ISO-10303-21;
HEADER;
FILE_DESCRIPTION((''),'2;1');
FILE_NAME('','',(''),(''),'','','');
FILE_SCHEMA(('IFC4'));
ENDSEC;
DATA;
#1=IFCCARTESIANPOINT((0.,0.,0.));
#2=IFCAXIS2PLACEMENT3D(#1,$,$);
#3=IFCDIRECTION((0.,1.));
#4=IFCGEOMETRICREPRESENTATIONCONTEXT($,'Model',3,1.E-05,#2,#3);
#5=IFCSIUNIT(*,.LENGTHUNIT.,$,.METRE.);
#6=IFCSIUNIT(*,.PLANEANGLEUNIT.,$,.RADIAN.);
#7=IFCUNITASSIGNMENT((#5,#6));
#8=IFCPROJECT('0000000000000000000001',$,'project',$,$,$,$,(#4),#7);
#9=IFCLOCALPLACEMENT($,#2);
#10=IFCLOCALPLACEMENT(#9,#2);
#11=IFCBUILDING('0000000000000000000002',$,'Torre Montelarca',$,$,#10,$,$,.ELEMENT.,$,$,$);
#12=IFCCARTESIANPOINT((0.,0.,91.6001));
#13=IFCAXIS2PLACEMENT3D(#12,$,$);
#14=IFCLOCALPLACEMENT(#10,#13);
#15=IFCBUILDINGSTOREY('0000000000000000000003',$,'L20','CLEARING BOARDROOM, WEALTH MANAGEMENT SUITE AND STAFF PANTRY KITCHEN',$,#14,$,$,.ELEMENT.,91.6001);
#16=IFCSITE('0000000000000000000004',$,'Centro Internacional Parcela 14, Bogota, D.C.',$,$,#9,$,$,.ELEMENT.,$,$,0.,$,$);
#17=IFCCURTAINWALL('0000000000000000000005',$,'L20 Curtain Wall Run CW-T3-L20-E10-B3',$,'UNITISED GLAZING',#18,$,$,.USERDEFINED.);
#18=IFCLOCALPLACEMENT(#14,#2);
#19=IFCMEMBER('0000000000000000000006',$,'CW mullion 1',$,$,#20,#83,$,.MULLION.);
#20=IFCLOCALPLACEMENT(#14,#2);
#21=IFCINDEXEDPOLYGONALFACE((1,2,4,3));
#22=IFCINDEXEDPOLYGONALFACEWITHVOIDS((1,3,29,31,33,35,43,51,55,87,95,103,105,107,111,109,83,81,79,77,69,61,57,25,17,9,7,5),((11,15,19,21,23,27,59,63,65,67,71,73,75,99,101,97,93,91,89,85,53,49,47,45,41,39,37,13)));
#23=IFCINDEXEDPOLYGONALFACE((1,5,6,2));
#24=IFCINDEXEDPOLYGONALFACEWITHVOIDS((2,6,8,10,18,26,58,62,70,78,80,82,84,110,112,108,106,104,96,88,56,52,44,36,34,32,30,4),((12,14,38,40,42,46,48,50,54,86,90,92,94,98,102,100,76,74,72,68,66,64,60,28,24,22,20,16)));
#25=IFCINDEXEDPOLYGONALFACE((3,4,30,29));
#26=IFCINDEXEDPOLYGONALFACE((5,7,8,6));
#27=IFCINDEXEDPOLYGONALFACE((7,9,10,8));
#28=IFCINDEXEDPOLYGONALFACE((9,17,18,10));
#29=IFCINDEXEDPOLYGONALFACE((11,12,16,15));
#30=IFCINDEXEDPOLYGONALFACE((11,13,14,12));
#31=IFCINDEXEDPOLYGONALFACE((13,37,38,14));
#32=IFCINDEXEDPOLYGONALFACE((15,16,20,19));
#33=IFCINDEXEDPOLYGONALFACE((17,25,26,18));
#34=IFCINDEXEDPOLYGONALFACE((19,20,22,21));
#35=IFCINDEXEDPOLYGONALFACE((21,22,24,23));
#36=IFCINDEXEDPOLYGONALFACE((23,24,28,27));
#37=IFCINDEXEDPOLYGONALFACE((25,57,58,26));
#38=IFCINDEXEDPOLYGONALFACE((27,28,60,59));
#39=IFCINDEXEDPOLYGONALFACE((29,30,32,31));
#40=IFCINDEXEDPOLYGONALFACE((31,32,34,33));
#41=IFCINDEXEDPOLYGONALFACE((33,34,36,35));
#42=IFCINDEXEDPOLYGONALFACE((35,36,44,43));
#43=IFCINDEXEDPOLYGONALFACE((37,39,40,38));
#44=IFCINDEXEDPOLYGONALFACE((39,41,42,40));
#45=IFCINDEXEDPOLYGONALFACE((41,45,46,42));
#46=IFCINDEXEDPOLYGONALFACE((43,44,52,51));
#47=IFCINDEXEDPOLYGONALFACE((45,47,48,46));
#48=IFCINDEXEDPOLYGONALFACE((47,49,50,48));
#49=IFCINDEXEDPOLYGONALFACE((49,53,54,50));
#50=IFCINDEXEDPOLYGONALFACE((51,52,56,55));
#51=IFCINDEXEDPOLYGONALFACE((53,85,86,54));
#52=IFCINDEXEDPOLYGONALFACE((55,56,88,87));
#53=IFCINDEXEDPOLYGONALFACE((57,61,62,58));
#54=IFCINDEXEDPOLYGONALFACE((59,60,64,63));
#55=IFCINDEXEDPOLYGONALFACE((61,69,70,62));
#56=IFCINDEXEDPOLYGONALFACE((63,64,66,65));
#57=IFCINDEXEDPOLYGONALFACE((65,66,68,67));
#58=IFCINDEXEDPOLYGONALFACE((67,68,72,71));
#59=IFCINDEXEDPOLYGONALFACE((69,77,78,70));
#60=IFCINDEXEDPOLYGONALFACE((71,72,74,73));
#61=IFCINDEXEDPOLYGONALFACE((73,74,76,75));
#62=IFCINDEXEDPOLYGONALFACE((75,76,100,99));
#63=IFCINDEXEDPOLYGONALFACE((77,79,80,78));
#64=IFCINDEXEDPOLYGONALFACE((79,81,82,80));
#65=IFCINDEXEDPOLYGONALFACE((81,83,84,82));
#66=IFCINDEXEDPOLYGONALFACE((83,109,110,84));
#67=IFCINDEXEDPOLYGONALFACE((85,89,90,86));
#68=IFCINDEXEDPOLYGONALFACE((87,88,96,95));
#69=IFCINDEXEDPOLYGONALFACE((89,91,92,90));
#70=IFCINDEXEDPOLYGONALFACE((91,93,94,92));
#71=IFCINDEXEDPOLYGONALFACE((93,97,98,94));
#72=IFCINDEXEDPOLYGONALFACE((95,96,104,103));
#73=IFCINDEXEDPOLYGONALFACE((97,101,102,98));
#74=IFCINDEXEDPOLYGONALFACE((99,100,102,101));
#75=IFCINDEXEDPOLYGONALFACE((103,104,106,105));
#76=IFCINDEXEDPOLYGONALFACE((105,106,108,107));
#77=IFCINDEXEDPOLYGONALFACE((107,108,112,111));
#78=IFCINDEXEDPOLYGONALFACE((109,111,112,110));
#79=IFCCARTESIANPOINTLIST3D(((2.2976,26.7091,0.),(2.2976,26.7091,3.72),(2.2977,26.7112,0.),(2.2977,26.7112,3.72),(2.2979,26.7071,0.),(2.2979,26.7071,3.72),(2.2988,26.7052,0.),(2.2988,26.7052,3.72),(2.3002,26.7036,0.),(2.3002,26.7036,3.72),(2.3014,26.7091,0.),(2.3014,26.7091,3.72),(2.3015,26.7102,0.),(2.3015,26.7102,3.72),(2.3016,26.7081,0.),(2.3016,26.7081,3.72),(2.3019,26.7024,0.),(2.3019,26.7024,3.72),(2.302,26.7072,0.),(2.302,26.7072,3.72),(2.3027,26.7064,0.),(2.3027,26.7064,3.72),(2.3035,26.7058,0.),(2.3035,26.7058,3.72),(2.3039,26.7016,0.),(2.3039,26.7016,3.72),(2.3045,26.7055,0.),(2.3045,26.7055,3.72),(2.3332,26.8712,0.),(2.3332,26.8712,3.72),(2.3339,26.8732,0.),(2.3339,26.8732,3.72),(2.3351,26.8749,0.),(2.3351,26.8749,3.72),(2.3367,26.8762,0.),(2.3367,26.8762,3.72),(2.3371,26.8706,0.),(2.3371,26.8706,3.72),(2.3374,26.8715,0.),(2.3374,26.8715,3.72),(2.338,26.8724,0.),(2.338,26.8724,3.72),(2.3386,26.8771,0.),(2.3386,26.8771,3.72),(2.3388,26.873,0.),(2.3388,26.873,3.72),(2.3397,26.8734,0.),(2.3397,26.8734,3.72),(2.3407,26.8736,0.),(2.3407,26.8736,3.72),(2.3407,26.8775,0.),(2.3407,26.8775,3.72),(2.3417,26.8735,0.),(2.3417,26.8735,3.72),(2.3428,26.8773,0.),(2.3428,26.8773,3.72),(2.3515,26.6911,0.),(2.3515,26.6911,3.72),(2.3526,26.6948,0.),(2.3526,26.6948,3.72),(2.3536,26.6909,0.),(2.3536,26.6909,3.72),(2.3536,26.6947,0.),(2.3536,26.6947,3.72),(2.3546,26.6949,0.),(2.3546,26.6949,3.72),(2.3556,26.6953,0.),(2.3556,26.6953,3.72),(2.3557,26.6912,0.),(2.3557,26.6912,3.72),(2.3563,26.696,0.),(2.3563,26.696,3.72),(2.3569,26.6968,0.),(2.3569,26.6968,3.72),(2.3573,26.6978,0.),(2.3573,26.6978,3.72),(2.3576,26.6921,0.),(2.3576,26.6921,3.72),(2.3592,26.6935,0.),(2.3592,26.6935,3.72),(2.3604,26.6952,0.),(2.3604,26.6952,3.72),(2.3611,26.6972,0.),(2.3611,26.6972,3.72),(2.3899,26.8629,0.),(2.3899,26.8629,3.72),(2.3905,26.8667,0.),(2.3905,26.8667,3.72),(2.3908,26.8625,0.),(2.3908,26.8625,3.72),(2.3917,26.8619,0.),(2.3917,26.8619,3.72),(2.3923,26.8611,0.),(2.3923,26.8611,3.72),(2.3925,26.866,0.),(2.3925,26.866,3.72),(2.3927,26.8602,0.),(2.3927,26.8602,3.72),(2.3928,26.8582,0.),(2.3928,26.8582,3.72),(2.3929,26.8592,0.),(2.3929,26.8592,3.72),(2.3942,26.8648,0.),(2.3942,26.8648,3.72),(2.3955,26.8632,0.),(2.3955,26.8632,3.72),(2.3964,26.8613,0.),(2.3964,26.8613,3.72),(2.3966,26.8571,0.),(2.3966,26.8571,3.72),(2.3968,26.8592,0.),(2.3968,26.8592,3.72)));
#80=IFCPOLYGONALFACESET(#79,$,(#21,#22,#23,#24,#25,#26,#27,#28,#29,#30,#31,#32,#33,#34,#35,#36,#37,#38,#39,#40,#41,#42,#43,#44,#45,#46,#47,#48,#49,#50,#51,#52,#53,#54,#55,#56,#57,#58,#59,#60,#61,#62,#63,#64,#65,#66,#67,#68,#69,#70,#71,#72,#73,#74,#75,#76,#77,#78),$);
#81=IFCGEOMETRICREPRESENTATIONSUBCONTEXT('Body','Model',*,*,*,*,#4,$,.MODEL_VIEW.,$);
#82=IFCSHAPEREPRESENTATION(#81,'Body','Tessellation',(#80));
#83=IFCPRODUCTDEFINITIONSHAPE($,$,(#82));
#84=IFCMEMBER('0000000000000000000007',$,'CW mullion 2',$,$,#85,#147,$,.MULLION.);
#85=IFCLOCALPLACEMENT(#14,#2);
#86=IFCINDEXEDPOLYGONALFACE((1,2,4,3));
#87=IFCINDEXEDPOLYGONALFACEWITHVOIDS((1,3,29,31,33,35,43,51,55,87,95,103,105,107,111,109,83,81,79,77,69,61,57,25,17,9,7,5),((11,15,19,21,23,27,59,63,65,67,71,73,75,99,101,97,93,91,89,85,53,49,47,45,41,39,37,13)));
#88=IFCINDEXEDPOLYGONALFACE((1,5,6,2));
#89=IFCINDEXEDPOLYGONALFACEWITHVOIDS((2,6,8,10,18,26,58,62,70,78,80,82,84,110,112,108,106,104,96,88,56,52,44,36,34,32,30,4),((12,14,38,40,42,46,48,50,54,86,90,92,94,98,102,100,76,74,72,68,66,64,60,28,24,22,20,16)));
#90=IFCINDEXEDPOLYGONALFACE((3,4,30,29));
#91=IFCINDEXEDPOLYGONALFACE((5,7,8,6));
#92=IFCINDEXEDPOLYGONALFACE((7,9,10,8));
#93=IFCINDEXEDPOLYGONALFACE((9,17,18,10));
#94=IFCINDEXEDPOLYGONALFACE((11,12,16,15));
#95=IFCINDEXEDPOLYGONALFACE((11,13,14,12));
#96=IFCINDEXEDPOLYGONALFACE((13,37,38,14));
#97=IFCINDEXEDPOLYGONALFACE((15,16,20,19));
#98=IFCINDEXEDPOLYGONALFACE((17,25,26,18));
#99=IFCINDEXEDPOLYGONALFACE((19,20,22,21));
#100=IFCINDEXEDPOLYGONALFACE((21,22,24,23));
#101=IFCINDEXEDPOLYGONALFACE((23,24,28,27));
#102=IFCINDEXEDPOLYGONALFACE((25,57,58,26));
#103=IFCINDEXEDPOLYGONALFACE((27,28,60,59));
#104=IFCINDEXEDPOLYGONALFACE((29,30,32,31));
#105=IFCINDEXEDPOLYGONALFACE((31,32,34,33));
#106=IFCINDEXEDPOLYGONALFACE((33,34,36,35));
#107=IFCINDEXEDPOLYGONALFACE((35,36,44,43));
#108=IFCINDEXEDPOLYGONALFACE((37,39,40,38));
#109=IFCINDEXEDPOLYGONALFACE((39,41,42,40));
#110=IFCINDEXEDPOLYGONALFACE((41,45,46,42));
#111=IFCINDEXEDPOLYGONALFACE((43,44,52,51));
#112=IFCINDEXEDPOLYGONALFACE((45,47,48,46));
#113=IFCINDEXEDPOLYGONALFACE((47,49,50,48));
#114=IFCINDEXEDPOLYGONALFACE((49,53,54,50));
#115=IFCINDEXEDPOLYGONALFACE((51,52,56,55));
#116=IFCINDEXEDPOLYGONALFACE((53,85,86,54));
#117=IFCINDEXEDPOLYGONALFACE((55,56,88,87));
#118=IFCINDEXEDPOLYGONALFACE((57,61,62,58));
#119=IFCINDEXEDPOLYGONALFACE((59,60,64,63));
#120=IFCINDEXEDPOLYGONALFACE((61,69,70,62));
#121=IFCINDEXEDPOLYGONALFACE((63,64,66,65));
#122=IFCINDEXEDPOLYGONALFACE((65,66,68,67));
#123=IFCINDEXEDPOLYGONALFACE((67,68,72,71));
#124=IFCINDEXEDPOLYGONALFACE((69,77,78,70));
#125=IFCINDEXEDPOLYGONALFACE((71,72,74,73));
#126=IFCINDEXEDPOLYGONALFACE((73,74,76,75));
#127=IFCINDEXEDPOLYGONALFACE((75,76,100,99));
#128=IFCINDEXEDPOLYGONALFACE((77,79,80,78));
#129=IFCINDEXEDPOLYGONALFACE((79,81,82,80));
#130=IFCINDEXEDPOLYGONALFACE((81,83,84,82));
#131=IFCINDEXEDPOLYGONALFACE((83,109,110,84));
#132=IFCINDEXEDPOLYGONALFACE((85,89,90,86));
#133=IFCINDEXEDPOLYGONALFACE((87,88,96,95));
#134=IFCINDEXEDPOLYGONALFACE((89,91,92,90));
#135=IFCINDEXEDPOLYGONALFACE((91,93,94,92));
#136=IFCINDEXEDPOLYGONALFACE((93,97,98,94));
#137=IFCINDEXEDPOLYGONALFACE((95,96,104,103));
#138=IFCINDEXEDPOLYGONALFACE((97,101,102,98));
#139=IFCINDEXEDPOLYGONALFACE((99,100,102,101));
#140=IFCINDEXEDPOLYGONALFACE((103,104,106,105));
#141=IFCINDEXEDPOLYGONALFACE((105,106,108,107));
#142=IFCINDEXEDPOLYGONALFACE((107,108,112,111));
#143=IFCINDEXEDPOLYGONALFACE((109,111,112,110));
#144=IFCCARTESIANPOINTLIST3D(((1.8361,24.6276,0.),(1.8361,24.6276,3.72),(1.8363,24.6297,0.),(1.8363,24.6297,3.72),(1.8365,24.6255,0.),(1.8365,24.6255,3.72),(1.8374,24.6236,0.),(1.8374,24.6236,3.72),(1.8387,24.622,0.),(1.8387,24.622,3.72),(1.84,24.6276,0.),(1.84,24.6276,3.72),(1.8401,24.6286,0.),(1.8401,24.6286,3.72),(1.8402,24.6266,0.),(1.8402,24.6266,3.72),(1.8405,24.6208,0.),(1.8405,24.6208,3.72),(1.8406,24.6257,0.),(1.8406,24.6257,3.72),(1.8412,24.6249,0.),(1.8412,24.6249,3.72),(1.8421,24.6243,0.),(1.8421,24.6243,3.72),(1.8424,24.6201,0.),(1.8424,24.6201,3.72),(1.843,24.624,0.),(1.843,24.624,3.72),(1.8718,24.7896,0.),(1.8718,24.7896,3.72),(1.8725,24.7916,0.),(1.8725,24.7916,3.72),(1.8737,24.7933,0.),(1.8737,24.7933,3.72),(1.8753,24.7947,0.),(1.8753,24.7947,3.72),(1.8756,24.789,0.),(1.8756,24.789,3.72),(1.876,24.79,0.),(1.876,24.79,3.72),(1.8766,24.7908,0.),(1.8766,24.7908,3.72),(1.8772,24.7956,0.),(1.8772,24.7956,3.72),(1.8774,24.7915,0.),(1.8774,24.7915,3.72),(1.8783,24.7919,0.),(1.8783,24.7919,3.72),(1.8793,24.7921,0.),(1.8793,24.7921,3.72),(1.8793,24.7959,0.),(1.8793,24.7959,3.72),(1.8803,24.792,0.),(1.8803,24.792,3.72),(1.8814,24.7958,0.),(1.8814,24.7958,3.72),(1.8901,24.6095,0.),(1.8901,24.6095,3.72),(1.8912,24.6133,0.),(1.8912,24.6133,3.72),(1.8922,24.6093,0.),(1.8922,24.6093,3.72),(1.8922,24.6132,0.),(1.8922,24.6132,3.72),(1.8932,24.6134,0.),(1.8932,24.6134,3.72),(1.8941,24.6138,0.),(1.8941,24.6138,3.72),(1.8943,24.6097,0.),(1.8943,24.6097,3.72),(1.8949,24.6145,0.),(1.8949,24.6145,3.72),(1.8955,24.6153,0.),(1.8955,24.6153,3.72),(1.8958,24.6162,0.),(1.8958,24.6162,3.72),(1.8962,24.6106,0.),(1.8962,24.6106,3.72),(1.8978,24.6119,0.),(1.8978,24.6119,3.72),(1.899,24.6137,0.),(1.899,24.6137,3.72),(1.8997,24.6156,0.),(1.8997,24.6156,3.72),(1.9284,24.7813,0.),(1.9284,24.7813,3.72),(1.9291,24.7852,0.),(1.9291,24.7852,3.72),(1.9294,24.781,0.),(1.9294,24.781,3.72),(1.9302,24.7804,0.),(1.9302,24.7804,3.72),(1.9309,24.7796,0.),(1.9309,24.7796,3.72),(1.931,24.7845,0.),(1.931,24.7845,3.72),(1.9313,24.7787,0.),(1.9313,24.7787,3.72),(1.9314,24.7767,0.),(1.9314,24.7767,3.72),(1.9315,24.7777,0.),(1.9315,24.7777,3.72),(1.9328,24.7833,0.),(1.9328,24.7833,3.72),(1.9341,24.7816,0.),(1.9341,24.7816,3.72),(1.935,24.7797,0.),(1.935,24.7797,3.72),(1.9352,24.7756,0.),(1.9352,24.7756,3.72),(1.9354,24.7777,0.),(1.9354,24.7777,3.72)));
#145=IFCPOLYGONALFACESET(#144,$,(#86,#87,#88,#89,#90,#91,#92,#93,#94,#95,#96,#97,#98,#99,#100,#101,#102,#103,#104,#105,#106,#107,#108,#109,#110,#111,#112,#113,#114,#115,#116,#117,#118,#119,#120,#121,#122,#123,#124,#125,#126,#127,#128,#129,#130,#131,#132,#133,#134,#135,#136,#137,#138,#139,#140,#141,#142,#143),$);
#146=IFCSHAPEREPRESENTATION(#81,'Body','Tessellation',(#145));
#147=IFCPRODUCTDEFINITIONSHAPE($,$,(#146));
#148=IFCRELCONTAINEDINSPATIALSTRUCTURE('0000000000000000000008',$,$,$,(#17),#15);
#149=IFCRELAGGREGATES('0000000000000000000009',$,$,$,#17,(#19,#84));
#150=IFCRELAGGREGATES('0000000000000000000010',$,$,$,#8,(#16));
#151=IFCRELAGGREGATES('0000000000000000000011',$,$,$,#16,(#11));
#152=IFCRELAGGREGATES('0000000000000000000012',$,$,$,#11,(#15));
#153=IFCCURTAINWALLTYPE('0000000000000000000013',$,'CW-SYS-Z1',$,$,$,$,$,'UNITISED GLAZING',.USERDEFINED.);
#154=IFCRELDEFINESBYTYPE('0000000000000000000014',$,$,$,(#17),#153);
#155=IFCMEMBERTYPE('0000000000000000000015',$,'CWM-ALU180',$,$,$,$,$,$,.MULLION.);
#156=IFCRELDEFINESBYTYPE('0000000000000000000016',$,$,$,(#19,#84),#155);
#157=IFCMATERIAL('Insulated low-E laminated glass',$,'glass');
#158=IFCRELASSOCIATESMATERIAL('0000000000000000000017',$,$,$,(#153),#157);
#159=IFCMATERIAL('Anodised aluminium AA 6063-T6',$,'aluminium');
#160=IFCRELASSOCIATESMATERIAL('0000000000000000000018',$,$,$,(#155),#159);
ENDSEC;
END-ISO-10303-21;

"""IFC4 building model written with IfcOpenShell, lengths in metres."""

from ifc_helpers import new_model, si_unit, direction, frame, origin, origin_2d, place, context, subcontext, project, spatial, hollow_rectangle, extrude, source, transform, mapped, material, material_profile, profile_set, type_object, element, aggregate, save


model = new_model("IFC4")

# Units and contexts
model_context = context("Model", 3, precision=1e-05, world=origin(), true_north=direction((0.0, 1.0)))
body_context = subcontext(model_context, "Body", "Model", "MODEL_VIEW")
ifc_project = project(units=[si_unit("LENGTHUNIT", "METRE"), si_unit("PLANEANGLEUNIT", "RADIAN")], contexts=[model_context])

# Site, building, storey
site_placement = place(None, origin())
site = spatial("IfcSite", under=ifc_project, at=site_placement, Name="Centro Internacional Parcela 14, Bogota, D.C.", CompositionType="ELEMENT", RefElevation=0.0)
building_placement = place(site_placement, origin())
building = spatial("IfcBuilding", under=site, at=building_placement, Name="Torre Montelarca", CompositionType="ELEMENT")
storey_placement = place(building_placement, frame((0.0, 0.0, 91.6001)))
storey = spatial("IfcBuildingStorey", under=building, at=storey_placement, Name="L20", Description="CLEARING BOARDROOM, WEALTH MANAGEMENT SUITE AND STAFF PANTRY KITCHEN", CompositionType="ELEMENT", Elevation=91.6001)

# Curtain wall
ifc_material_1 = material(Name="Insulated low-E laminated glass", Category="glass")
curtain_wall_type = type_object("IfcCurtainWallType", Name="CW-SYS-Z1", ElementType="UNITISED GLAZING", PredefinedType="USERDEFINED", material=ifc_material_1)
curtain_wall_1_placement = place(storey_placement, origin())
curtain_wall_1 = element("IfcCurtainWall", 1, at=curtain_wall_1_placement, inside=storey, type_object=curtain_wall_type, Name="L20 Curtain Wall Run CW-T3-L20-E10-B3", ObjectType="UNITISED GLAZING", PredefinedType="USERDEFINED")
ifc_material_2 = material(Name="Anodised aluminium AA 6063-T6", Category="aluminium")

# Members
ifc_material_profile_1 = material_profile(ifc_material_2, hollow_rectangle(XDim=0.0649, YDim=0.1799, WallThickness=0.0039, InnerFilletRadius=0.0039, OuterFilletRadius=0.0081, at=origin_2d()), Name="ALU65X180X4", Category="aluminium")
ifc_profile_set_1 = profile_set([ifc_material_profile_1], Name="Anodised aluminium AA 6063-T6")
member_type_1 = type_object("IfcMemberType", Name="CWM-ALU180", PredefinedType="MULLION", material=ifc_profile_set_1)
shared_shape_1 = source(origin(), body_context, "Body", "SweptSolid", [
    extrude(hollow_rectangle(XDim=0.0649, YDim=0.1799, WallThickness=0.0039, InnerFilletRadius=0.0039, OuterFilletRadius=0.0081, at=origin_2d()), origin(), (0.0, 0.0, 1.0), 3.72),
])
member_1_placement = place(storey_placement, frame((2.3472, 26.7842, 0.0), z_axis=(0.0, 0.0, 1.0), x_axis=(0.976292, -0.216458, 0.0)))
member_1 = element("IfcMember", 2, at=member_1_placement, type_object=member_type_1, Name="CW mullion 1", PredefinedType="MULLION", context=body_context, shape_type="MappedRepresentation", body=[
    mapped(shared_shape_1, transform((0.0, 0.0, 0.0), scale=1.0)),
])
member_2_placement = place(storey_placement, frame((1.8857, 24.7026, 0.0), z_axis=(0.0, 0.0, 1.0), x_axis=(0.976292, -0.216458, 0.0)))
member_2 = element("IfcMember", 3, at=member_2_placement, type_object=member_type_1, Name="CW mullion 2", PredefinedType="MULLION", context=body_context, shape_type="MappedRepresentation", body=[
    mapped(shared_shape_1, transform((0.0, 0.0, 0.0), scale=1.0)),
])

aggregate(curtain_wall_1, [member_1, member_2])

save(model, "model.ifc")
